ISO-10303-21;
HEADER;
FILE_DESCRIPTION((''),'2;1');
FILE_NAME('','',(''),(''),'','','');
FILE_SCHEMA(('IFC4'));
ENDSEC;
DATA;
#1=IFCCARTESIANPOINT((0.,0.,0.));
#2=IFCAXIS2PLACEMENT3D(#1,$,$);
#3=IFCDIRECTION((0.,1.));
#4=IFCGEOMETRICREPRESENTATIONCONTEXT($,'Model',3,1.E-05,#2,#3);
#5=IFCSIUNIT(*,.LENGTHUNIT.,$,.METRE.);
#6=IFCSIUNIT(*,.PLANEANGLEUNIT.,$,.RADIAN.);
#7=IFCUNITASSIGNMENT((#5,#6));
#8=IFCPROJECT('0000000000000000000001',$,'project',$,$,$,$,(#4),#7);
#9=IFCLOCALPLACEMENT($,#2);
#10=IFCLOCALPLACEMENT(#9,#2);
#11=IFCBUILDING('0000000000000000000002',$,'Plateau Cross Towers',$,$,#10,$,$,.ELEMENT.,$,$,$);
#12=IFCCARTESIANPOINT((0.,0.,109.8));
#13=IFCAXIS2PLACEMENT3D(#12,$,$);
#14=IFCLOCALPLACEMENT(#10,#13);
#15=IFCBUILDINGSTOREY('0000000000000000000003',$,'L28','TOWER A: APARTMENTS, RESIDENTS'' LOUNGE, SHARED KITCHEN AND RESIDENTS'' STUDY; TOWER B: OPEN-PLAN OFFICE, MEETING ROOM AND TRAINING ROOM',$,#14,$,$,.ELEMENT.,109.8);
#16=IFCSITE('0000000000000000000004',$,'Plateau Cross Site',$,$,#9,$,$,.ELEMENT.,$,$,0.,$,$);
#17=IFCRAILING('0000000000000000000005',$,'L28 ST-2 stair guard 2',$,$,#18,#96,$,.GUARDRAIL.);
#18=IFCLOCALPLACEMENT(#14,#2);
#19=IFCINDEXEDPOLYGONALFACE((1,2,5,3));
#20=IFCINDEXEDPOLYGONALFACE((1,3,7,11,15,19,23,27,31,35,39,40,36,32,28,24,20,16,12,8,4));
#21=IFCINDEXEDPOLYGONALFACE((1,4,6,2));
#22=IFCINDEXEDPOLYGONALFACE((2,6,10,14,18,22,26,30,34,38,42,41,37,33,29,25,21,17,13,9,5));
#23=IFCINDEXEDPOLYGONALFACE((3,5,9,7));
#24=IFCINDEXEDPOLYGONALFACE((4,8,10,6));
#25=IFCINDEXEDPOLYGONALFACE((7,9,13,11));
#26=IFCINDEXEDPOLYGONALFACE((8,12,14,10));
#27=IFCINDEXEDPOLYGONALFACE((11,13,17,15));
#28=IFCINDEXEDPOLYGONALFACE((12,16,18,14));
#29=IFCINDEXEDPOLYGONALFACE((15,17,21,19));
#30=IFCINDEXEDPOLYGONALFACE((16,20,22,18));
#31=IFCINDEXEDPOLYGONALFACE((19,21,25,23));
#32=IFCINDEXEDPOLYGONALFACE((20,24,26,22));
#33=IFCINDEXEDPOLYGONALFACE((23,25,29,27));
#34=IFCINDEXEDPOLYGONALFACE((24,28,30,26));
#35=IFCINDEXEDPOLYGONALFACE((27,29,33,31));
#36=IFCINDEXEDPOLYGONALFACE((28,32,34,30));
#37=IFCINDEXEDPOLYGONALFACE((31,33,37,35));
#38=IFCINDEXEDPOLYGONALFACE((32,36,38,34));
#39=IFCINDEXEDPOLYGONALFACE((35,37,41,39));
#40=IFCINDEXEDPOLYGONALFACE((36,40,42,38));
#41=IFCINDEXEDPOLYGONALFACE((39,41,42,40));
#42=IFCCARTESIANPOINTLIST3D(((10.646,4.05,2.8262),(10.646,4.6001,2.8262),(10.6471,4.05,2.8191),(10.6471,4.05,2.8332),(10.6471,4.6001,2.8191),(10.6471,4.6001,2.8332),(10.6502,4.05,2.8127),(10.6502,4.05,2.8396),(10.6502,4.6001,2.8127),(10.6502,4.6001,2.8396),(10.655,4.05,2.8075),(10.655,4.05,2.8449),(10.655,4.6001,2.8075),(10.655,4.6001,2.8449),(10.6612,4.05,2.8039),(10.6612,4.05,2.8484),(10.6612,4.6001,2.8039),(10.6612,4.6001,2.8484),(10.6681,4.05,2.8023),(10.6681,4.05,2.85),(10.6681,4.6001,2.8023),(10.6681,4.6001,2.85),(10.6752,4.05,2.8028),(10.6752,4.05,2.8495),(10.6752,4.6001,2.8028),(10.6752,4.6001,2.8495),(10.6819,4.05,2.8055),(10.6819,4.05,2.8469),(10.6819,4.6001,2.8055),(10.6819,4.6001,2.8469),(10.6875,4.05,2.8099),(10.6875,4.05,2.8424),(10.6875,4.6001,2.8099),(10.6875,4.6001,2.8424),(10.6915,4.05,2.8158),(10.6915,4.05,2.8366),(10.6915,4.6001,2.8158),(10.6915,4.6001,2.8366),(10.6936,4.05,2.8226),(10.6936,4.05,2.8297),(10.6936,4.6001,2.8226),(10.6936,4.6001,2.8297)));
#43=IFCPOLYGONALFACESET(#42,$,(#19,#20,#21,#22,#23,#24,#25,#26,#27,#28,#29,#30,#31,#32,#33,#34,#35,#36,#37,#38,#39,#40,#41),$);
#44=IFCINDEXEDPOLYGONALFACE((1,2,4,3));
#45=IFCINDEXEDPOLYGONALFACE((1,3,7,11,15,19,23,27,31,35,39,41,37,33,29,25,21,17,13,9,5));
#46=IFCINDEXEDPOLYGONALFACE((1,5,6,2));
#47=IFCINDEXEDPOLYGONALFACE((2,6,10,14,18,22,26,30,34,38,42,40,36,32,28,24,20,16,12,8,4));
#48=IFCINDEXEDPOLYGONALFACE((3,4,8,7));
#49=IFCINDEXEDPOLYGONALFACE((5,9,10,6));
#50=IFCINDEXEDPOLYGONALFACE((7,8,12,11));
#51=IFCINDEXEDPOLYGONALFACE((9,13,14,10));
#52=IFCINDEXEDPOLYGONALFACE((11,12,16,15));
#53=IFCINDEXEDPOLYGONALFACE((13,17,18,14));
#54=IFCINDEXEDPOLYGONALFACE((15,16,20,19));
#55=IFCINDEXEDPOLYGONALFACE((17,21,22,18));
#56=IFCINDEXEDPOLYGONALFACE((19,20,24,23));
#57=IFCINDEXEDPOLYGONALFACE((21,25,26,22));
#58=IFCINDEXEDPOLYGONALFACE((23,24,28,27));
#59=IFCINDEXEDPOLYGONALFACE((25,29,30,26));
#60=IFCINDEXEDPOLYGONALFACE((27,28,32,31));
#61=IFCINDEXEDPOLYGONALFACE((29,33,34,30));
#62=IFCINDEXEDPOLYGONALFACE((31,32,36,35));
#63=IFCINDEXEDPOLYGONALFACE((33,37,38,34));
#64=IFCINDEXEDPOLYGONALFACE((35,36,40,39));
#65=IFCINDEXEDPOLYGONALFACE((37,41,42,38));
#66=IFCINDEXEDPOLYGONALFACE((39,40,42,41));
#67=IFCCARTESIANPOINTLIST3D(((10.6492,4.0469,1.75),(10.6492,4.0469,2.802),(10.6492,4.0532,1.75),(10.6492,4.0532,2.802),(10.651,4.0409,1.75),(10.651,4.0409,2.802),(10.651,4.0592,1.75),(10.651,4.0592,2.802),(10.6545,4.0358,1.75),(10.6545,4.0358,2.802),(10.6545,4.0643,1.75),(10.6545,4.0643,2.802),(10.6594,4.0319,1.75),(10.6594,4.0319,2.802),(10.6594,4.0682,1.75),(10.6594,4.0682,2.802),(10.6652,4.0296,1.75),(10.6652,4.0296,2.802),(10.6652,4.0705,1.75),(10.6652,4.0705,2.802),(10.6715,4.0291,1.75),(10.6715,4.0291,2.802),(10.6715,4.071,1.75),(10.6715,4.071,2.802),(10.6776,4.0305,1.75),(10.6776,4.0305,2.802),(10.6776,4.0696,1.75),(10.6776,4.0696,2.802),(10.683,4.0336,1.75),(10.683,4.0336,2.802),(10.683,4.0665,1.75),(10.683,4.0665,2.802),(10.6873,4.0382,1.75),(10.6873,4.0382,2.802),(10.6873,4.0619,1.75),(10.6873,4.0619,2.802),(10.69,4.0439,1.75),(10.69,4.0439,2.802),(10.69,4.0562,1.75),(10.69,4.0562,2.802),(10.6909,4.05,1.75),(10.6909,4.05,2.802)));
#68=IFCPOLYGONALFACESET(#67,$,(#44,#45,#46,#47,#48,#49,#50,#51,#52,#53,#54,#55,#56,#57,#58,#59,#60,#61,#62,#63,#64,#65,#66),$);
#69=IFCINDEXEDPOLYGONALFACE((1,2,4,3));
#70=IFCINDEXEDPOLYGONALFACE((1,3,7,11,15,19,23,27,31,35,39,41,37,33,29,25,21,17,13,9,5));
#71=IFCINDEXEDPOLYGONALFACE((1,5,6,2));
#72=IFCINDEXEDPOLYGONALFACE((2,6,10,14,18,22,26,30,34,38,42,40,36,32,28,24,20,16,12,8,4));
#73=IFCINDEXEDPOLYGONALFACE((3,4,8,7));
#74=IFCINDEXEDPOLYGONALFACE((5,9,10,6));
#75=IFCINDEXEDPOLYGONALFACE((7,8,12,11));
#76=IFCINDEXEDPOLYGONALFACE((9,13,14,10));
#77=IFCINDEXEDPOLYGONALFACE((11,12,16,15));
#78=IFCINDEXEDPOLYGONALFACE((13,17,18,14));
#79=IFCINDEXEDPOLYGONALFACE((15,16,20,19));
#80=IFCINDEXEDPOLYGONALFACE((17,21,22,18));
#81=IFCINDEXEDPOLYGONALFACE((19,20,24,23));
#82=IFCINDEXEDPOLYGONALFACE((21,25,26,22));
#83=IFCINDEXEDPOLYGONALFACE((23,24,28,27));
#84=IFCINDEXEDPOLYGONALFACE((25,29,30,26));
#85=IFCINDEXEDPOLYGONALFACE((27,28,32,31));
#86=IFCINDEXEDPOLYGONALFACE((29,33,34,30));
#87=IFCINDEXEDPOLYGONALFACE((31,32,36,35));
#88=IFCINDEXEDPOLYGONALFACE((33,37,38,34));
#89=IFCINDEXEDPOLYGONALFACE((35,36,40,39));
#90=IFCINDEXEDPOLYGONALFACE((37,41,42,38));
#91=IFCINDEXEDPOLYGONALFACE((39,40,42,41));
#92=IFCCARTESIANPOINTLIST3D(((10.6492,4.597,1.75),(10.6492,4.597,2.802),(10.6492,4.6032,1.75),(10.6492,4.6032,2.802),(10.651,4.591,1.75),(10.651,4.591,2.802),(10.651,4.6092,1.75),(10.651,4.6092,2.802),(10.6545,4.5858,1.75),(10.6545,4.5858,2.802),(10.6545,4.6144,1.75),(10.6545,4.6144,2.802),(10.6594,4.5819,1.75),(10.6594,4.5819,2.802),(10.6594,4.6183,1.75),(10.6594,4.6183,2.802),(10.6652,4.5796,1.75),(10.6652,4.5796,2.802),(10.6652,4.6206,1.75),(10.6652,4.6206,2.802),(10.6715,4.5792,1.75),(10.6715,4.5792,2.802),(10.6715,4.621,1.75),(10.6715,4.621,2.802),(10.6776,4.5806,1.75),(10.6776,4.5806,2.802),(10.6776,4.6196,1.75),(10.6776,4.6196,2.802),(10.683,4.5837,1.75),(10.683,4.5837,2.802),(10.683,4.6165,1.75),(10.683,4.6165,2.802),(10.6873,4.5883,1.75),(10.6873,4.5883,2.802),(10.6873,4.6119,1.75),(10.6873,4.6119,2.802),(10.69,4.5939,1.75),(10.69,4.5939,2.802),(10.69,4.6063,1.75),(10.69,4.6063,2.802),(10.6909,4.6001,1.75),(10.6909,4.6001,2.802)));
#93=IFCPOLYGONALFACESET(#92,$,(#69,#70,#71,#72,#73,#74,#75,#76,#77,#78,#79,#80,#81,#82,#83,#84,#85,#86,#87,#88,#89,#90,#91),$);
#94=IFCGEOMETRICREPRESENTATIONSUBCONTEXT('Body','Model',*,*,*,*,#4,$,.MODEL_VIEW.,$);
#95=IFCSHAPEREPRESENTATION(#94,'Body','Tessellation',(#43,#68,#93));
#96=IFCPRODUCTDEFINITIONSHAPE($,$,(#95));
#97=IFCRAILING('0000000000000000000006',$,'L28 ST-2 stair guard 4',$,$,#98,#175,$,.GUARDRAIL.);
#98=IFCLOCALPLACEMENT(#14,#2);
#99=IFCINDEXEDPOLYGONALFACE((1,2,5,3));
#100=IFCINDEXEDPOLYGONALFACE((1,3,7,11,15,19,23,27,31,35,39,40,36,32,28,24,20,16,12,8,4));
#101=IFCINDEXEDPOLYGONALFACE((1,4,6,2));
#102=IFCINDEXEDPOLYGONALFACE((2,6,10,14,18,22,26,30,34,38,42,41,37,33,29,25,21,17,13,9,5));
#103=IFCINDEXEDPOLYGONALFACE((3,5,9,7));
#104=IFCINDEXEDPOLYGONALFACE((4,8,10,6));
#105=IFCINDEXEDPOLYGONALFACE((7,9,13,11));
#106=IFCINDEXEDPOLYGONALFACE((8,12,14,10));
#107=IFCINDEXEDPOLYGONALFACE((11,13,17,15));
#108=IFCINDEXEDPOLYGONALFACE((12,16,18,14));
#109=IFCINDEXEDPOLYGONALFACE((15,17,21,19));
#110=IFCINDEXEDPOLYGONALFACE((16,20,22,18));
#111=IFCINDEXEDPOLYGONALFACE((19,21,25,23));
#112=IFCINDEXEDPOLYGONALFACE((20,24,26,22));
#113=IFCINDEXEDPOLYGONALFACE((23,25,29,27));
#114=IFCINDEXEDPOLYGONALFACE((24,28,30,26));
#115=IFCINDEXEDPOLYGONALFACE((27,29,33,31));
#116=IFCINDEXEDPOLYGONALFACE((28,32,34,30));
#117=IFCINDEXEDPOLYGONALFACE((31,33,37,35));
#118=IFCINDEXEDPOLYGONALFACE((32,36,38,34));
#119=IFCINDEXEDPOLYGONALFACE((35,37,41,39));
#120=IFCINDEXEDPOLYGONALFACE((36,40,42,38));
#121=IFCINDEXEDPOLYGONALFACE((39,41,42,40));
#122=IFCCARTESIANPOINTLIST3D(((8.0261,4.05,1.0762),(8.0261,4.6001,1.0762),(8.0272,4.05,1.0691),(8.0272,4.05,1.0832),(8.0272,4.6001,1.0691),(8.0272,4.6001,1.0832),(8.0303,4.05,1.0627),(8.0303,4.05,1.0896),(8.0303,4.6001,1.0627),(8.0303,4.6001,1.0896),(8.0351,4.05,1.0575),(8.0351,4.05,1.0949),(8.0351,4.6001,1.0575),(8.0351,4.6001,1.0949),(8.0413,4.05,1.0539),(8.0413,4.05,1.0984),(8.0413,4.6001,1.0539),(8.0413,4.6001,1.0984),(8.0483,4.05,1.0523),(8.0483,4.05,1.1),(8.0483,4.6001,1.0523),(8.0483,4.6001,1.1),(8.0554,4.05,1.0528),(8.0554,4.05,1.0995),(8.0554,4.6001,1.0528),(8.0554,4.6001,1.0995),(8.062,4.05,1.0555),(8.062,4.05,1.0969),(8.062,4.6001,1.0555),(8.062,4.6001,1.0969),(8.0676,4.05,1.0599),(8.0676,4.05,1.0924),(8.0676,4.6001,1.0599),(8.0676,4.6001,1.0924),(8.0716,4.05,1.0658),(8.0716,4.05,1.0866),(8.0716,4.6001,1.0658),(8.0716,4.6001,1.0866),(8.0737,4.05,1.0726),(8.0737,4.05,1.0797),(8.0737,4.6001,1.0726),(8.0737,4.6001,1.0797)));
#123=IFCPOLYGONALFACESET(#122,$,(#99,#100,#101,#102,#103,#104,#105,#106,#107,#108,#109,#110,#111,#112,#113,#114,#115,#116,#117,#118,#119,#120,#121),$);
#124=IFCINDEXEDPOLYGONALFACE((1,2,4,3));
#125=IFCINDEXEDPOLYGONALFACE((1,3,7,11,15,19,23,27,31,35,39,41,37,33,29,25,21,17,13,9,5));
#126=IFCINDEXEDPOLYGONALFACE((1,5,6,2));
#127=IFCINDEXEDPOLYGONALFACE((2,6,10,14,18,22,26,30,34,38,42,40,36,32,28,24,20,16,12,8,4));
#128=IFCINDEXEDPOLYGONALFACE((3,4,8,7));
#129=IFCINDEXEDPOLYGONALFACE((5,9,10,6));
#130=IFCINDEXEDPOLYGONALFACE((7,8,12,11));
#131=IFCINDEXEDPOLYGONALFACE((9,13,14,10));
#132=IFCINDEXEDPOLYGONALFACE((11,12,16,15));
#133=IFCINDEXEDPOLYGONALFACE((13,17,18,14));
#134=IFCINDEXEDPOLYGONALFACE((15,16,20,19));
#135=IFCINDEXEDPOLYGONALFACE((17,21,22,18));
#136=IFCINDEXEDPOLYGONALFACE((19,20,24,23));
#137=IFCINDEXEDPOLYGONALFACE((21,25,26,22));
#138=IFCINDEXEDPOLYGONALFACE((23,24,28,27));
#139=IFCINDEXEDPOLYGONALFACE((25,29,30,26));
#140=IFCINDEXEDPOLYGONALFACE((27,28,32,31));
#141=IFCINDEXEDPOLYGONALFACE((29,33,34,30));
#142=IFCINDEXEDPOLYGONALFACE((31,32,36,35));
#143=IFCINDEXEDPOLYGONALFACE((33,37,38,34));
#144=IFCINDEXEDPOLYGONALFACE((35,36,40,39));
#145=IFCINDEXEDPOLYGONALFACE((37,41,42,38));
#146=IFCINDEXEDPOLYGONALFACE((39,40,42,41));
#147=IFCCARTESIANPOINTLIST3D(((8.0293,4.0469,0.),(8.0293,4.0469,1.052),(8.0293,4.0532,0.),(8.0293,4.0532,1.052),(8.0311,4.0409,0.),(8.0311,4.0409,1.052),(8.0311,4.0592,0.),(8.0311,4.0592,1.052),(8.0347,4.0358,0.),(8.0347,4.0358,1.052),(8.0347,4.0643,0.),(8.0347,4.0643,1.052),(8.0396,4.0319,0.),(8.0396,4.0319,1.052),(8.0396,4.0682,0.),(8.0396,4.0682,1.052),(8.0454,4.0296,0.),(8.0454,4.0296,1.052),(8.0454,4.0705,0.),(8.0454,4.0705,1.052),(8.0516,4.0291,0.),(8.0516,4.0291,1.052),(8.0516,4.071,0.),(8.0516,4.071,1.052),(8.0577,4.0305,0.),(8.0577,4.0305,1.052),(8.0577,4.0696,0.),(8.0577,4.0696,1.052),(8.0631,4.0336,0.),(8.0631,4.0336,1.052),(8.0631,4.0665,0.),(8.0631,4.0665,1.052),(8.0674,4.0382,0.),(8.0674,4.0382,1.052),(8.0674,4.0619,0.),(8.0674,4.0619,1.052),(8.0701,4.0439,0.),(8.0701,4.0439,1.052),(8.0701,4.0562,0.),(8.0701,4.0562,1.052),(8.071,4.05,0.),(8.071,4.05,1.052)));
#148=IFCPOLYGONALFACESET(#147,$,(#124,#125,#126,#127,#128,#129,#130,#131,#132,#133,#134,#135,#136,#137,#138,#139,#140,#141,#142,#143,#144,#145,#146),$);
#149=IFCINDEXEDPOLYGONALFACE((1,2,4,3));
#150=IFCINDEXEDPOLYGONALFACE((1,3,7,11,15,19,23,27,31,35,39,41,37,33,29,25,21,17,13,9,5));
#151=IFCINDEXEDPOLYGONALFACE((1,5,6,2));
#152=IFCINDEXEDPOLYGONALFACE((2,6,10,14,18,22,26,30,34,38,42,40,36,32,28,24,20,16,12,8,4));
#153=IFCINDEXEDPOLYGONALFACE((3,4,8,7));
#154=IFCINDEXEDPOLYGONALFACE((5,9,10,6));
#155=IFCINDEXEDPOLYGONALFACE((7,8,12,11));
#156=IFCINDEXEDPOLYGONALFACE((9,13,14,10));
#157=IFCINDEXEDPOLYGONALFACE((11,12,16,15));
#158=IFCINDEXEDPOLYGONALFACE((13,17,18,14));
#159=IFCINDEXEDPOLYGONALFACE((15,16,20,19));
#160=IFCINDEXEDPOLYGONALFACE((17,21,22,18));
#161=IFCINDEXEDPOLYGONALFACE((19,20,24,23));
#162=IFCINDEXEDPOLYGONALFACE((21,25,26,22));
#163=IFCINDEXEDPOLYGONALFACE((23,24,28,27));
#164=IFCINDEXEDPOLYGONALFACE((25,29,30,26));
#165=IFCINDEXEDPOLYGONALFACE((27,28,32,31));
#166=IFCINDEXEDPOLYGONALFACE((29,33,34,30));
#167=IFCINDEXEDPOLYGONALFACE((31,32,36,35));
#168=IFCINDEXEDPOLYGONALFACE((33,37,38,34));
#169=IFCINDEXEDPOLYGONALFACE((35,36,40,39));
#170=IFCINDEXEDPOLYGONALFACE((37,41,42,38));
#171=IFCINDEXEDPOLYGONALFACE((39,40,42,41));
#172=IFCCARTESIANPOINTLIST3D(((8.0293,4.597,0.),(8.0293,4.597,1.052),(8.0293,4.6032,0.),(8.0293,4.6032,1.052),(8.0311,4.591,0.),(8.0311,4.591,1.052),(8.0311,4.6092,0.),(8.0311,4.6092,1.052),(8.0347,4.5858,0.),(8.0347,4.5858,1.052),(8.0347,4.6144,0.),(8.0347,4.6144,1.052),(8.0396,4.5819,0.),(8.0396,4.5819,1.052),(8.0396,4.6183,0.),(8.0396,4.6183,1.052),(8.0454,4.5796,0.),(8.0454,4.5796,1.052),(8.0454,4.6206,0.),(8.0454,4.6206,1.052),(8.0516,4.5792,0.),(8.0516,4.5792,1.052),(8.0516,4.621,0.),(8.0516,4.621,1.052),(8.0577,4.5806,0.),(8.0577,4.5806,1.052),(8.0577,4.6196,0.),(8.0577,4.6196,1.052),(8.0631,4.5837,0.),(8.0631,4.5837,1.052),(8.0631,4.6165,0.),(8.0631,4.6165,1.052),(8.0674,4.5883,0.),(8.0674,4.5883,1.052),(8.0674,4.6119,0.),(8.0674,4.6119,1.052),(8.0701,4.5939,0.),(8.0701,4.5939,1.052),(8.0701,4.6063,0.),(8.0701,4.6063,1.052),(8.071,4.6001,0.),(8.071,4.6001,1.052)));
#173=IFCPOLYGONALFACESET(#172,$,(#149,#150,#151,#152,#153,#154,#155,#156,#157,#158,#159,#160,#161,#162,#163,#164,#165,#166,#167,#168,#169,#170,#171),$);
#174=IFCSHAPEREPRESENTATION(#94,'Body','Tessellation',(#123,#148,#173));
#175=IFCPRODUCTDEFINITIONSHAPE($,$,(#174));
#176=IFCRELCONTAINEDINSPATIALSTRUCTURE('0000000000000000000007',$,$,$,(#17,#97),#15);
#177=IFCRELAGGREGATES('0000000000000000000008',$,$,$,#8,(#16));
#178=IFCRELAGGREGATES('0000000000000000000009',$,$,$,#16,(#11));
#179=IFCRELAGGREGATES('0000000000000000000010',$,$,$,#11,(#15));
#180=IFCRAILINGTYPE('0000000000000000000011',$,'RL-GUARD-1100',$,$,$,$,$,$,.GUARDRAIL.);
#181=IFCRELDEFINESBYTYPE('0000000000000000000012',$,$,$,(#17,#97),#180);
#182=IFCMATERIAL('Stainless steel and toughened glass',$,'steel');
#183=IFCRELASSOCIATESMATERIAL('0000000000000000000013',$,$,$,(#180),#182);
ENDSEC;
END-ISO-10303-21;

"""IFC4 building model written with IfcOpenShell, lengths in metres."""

from ifc_helpers import new_model, si_unit, direction, frame, origin, origin_2d, place, context, subcontext, project, spatial, circle, extrude, material, type_object, element, save


model = new_model("IFC4")

# Units and contexts
model_context = context("Model", 3, precision=1e-05, world=origin(), true_north=direction((0.0, 1.0)))
body_context = subcontext(model_context, "Body", "Model", "MODEL_VIEW")
ifc_project = project(units=[si_unit("LENGTHUNIT", "METRE"), si_unit("PLANEANGLEUNIT", "RADIAN")], contexts=[model_context])

# Site, building, storey
site_placement = place(None, origin())
site = spatial("IfcSite", under=ifc_project, at=site_placement, Name="Plateau Cross Site", CompositionType="ELEMENT", RefElevation=0.0)
building_placement = place(site_placement, origin())
building = spatial("IfcBuilding", under=site, at=building_placement, Name="Plateau Cross Towers", CompositionType="ELEMENT")
storey_placement = place(building_placement, frame((0.0, 0.0, 109.8)))
storey = spatial("IfcBuildingStorey", under=building, at=storey_placement, Name="L28", Description="TOWER A: APARTMENTS, RESIDENTS' LOUNGE, SHARED KITCHEN AND RESIDENTS' STUDY; TOWER B: OPEN-PLAN OFFICE, MEETING ROOM AND TRAINING ROOM", CompositionType="ELEMENT", Elevation=109.8)

# Railings
ifc_material_1 = material(Name="Stainless steel and toughened glass", Category="steel")
railing_type_1 = type_object("IfcRailingType", Name="RL-GUARD-1100", PredefinedType="GUARDRAIL", material=ifc_material_1)
for number, where, name in (
    (1, (10.6699, 4.05, 1.75), "L28 ST-2 stair guard 2"),
    (2, (8.05, 4.05, 0.0), "L28 ST-2 stair guard 4"),
):
    element("IfcRailing", number, at=place(storey_placement, frame(where)), inside=storey, type_object=railing_type_1, Name=name, PredefinedType="GUARDRAIL", context=body_context, shape_type="SweptSolid", body=[
        extrude(circle(Radius=0.0239, at=origin_2d()), frame((0.0, 0.0, 1.0762), z_axis=(0.0, 1.0, 0.0), x_axis=(-1.0, 0.0, 0.0)), (0.0, 0.0, 1.0), 0.55),
        extrude(circle(Radius=0.021, at=origin_2d()), origin(), (0.0, 0.0, 1.0), 1.052),
        extrude(circle(Radius=0.021, at=origin_2d()), frame((0.0, 0.55, 0.0)), (0.0, 0.0, 1.0), 1.052),
    ])

save(model, "model.ifc")
